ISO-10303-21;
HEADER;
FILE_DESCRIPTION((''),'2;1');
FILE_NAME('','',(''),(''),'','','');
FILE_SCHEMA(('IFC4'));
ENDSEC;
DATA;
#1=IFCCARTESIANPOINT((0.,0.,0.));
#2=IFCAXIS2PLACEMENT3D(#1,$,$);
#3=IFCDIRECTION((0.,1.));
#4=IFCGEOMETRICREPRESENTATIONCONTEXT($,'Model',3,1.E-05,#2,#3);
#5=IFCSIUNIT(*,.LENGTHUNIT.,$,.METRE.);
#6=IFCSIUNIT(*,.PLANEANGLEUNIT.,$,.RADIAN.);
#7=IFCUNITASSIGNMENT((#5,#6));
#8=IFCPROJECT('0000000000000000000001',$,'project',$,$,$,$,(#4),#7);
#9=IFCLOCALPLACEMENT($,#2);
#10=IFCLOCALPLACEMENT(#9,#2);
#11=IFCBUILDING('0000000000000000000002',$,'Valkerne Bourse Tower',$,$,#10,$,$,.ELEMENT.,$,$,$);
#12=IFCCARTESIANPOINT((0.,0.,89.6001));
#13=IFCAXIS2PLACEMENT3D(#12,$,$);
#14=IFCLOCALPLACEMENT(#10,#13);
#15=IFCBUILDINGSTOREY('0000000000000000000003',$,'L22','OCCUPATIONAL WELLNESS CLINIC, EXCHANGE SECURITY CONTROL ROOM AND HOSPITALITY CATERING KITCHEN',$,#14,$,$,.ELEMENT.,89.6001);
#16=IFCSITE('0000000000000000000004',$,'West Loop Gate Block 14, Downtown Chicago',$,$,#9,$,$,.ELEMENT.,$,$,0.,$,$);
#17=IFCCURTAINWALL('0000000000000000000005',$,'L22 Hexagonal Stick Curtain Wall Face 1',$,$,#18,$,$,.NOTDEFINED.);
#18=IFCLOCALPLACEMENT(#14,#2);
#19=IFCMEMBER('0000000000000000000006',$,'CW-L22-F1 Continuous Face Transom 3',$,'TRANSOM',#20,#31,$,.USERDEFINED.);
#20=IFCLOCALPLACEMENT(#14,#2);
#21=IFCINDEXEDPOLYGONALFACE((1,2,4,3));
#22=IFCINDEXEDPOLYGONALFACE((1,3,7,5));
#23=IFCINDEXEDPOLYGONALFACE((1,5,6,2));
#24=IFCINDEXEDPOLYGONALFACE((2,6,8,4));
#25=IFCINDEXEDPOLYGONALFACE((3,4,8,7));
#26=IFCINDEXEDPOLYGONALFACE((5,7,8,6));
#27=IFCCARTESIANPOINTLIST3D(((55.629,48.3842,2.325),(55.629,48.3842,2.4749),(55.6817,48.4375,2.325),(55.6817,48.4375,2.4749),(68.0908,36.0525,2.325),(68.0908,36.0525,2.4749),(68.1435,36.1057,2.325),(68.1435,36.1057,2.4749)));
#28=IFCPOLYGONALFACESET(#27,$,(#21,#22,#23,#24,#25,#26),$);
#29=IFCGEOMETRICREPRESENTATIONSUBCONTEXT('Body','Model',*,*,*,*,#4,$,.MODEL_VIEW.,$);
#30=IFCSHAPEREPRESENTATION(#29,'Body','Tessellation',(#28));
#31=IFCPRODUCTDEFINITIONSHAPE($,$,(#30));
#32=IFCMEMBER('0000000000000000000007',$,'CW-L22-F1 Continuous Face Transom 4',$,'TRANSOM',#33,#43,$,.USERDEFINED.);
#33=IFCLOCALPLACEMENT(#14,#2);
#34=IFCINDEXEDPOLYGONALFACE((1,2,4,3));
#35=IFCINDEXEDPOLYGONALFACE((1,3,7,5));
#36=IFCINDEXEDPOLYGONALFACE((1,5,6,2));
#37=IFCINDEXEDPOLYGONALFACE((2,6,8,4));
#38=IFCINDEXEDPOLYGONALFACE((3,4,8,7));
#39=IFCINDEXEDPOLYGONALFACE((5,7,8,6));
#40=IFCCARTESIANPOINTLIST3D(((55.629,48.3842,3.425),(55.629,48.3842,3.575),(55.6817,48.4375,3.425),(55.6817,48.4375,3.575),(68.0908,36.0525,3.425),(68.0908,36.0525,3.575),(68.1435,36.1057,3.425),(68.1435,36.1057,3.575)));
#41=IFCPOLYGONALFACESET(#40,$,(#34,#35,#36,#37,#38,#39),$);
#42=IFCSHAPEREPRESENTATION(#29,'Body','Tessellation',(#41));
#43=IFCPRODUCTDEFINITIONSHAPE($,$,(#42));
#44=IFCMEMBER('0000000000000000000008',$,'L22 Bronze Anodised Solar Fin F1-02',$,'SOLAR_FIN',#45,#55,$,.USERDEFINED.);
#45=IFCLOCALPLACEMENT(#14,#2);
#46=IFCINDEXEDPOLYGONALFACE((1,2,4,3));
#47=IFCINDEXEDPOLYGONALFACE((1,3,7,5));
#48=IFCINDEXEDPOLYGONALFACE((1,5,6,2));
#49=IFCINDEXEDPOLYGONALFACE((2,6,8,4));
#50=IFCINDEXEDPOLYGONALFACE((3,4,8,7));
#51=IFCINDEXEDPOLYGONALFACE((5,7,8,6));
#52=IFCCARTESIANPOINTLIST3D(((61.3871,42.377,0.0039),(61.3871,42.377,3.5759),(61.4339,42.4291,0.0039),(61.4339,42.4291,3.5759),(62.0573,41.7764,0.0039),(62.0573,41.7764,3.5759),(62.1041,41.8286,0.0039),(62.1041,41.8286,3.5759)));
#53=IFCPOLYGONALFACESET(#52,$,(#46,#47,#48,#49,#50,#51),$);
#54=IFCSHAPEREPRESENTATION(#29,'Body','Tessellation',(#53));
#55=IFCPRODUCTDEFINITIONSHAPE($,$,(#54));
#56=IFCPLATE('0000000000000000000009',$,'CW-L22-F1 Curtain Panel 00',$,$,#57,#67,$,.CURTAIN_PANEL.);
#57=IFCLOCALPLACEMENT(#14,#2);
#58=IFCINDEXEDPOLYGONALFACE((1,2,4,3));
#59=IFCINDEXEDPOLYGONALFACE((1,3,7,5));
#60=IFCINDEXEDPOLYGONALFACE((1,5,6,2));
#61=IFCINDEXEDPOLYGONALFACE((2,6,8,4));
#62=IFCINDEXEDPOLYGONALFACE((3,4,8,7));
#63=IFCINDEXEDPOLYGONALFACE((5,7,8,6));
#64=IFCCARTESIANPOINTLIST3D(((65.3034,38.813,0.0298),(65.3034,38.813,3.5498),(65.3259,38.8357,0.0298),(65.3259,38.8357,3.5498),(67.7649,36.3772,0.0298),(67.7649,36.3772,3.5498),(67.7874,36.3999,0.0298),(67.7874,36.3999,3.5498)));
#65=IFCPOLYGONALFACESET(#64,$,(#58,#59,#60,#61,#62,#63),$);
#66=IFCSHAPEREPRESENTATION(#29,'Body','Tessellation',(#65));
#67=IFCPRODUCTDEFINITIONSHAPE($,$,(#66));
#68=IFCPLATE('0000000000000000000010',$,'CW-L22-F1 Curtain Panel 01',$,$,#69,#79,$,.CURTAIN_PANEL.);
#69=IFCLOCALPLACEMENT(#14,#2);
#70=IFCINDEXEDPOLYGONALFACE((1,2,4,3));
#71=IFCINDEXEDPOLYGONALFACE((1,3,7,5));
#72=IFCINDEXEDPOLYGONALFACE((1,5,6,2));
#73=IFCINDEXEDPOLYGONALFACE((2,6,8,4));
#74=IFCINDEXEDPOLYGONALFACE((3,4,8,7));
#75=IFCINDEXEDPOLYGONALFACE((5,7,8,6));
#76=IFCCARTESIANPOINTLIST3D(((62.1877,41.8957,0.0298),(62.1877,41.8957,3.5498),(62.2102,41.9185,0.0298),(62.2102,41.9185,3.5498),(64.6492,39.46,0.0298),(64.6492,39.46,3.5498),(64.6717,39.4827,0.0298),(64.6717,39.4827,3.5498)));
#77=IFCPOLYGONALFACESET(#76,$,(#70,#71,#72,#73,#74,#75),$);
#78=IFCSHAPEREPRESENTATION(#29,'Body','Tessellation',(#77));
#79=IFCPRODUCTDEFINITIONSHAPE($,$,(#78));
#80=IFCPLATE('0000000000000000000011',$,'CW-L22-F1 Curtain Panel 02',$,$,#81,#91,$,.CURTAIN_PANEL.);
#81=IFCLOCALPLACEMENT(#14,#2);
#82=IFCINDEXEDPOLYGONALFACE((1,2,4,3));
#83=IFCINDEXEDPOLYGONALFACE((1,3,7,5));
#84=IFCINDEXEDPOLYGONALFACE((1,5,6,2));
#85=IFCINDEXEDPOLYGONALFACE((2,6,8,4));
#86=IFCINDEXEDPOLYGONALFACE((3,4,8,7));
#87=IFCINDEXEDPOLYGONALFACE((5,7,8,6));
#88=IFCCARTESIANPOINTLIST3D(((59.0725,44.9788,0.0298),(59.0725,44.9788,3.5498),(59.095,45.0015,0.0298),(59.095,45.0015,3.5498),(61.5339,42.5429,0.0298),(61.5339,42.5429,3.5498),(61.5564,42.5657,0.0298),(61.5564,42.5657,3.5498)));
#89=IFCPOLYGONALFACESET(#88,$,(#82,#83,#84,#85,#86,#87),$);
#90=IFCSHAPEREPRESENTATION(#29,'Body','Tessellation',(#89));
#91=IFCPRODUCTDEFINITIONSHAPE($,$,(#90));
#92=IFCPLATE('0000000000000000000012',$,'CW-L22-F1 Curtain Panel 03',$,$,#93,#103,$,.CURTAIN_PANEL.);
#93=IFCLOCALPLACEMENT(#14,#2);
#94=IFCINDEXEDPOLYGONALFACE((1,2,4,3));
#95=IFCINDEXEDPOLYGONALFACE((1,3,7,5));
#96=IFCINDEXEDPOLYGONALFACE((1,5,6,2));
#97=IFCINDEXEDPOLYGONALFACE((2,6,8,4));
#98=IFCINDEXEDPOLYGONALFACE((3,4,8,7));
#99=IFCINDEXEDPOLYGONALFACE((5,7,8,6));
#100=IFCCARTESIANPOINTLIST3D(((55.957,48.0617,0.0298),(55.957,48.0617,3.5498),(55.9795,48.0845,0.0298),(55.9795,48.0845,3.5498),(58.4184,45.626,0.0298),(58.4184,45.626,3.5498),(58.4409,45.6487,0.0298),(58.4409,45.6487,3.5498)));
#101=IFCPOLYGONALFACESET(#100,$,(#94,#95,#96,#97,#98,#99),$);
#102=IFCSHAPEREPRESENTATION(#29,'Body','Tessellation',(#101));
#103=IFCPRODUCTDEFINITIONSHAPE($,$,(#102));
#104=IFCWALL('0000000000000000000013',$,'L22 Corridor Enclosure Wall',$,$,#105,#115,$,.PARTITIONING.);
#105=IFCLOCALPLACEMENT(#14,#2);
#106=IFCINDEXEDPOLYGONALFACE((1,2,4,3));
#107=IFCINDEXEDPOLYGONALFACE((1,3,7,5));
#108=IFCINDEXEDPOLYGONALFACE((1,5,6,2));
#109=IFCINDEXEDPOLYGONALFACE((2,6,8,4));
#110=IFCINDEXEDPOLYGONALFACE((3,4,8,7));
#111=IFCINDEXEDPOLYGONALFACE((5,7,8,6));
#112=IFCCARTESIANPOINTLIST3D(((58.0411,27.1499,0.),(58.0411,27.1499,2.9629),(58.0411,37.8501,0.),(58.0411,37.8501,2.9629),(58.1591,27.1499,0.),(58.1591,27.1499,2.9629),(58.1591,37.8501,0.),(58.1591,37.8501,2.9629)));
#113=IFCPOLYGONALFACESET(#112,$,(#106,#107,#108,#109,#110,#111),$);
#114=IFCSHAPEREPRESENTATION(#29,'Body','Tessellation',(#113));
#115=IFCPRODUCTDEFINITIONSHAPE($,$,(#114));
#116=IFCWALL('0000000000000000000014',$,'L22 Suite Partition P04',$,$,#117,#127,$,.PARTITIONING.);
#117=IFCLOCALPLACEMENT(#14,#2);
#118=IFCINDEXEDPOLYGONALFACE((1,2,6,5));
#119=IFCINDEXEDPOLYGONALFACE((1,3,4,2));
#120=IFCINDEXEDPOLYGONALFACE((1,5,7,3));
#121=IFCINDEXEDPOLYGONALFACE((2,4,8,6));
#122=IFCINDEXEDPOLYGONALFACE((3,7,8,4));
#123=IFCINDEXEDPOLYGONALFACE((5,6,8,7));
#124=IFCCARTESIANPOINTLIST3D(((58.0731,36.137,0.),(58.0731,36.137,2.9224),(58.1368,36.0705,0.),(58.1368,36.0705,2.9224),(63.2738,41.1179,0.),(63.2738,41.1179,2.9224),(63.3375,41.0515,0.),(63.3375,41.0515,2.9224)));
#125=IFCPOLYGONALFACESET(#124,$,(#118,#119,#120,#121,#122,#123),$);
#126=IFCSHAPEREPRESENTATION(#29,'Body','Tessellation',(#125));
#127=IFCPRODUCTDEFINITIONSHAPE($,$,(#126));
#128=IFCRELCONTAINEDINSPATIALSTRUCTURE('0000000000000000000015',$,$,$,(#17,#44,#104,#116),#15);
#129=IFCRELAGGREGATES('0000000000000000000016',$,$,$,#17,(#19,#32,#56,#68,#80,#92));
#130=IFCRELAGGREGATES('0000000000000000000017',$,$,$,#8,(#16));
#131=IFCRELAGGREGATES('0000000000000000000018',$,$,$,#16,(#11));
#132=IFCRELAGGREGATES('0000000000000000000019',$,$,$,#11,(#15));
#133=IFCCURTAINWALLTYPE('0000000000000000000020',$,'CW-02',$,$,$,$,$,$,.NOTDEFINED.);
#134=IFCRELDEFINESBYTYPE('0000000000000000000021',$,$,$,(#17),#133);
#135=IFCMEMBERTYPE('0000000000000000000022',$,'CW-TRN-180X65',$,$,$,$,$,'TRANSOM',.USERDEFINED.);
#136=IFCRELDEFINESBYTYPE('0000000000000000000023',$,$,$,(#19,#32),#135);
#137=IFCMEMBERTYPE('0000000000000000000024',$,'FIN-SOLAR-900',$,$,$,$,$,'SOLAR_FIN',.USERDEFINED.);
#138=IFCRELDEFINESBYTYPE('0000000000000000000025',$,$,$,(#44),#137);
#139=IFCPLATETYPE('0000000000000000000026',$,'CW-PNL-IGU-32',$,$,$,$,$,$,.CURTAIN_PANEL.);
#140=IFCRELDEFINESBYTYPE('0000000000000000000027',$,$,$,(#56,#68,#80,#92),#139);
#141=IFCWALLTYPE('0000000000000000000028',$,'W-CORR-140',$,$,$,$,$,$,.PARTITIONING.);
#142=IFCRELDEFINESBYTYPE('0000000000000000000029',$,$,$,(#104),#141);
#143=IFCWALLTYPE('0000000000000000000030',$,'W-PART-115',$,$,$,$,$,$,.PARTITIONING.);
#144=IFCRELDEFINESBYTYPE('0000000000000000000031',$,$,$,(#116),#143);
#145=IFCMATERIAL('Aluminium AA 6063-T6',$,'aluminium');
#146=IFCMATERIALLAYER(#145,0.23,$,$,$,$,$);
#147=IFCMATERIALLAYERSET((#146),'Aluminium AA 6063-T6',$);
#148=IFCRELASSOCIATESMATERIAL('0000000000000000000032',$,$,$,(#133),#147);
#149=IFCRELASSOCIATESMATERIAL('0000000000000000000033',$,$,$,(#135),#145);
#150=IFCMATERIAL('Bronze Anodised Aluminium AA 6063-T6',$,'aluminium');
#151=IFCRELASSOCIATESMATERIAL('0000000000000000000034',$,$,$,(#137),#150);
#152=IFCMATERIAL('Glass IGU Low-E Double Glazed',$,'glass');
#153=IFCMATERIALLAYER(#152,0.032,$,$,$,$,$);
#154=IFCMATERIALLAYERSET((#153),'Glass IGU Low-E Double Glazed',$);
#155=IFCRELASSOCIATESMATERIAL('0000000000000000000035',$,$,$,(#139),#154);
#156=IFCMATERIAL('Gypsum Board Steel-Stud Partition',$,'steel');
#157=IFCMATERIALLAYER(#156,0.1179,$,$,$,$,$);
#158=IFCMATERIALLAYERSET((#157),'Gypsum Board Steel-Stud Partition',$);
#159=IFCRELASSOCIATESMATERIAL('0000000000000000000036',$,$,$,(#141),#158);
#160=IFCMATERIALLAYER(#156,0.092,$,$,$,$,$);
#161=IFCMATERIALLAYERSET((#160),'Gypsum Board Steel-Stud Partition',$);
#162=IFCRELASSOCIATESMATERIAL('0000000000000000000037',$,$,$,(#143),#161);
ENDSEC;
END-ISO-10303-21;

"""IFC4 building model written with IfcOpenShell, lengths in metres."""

from ifc_helpers import new_model, si_unit, direction, frame, frame_2d, origin, origin_2d, place, context, subcontext, project, spatial, rectangle, extrude, material, layer, layer_set, material_profile, profile_set, type_object, element, aggregate, save


model = new_model("IFC4")

# Units and contexts
model_context = context("Model", 3, precision=1e-05, world=origin(), true_north=direction((0.0, 1.0)))
body_context = subcontext(model_context, "Body", "Model", "MODEL_VIEW")
ifc_project = project(units=[si_unit("LENGTHUNIT", "METRE"), si_unit("PLANEANGLEUNIT", "RADIAN")], contexts=[model_context])

# Site, building, storey
site_placement = place(None, origin())
site = spatial("IfcSite", under=ifc_project, at=site_placement, Name="West Loop Gate Block 14, Downtown Chicago", CompositionType="ELEMENT", RefElevation=0.0)
building_placement = place(site_placement, origin())
building = spatial("IfcBuilding", under=site, at=building_placement, Name="Valkerne Bourse Tower", CompositionType="ELEMENT")
storey_placement = place(building_placement, frame((0.0, 0.0, 89.6001)))
storey = spatial("IfcBuildingStorey", under=building, at=storey_placement, Name="L22", Description="OCCUPATIONAL WELLNESS CLINIC, EXCHANGE SECURITY CONTROL ROOM AND HOSPITALITY CATERING KITCHEN", CompositionType="ELEMENT", Elevation=89.6001)

# Curtain wall, members
ifc_material_1 = material(Name="Aluminium AA 6063-T6", Category="aluminium")
ifc_layer_1 = layer(ifc_material_1, 0.23)
ifc_layer_set_1 = layer_set([ifc_layer_1], Name="Aluminium AA 6063-T6")
curtain_wall_type = type_object("IfcCurtainWallType", Name="CW-02", PredefinedType="NOTDEFINED", material=ifc_layer_set_1)
curtain_wall_placement = place(storey_placement, origin())
curtain_wall = element("IfcCurtainWall", 1, at=curtain_wall_placement, inside=storey, type_object=curtain_wall_type, Name="L22 Hexagonal Stick Curtain Wall Face 1", PredefinedType="NOTDEFINED")
ifc_material_profile_1 = material_profile(ifc_material_1, rectangle(XDim=0.075, YDim=0.1499, at=origin_2d()), Name="CWT-75X150")
ifc_profile_set_1 = profile_set([ifc_material_profile_1], Name="Aluminium AA 6063-T6")
member_type_1 = type_object("IfcMemberType", Name="CW-TRN-180X65", ElementType="TRANSOM", PredefinedType="USERDEFINED", material=ifc_profile_set_1)
member_1_placement = place(storey_placement, frame((68.1172, 36.0791, 2.3999), z_axis=(-0.710808, 0.703386, 0.0), x_axis=(-0.703386, -0.710808, 0.0)))
member_1 = element("IfcMember", 2, at=member_1_placement, type_object=member_type_1, Name="CW-L22-F1 Continuous Face Transom 3", ObjectType="TRANSOM", PredefinedType="USERDEFINED", context=body_context, shape_type="SweptSolid", body=[
    extrude(rectangle(XDim=0.075, YDim=0.1499, at=origin_2d()), origin(), (0.0, 0.0, 1.0), 17.532),
])
member_2_placement = place(storey_placement, frame((68.1172, 36.0791, 3.5), z_axis=(-0.710808, 0.703386, 0.0), x_axis=(-0.703386, -0.710808, 0.0)))
member_2 = element("IfcMember", 3, at=member_2_placement, type_object=member_type_1, Name="CW-L22-F1 Continuous Face Transom 4", ObjectType="TRANSOM", PredefinedType="USERDEFINED", context=body_context, shape_type="SweptSolid", body=[
    extrude(rectangle(XDim=0.075, YDim=0.1499, at=origin_2d()), origin(), (0.0, 0.0, 1.0), 17.532),
])

# Member
ifc_material_2 = material(Name="Bronze Anodised Aluminium AA 6063-T6", Category="aluminium")
ifc_material_profile_2 = material_profile(ifc_material_2, rectangle(XDim=0.0701, YDim=0.8999, at=origin_2d()), Name="FIN-70X900")
ifc_profile_set_2 = profile_set([ifc_material_profile_2], Name="Bronze Anodised Aluminium AA 6063-T6")
member_type_2 = type_object("IfcMemberType", Name="FIN-SOLAR-900", ElementType="SOLAR_FIN", PredefinedType="USERDEFINED", material=ifc_profile_set_2)
member_3_placement = place(storey_placement, frame((61.7456, 42.1028, 0.0039), z_axis=(0.0, 0.0, 1.0), x_axis=(0.667331, 0.744762, 0.0)))
element("IfcMember", 4, at=member_3_placement, inside=storey, type_object=member_type_2, Name="L22 Bronze Anodised Solar Fin F1-02", ObjectType="SOLAR_FIN", PredefinedType="USERDEFINED", context=body_context, shape_type="SweptSolid", body=[
    extrude(rectangle(XDim=0.0701, YDim=0.8999, at=origin_2d()), origin(), (0.0, 0.0, 1.0), 3.572),
])

# Plates
ifc_material_3 = material(Name="Glass IGU Low-E Double Glazed", Category="glass")
ifc_layer_2 = layer(ifc_material_3, 0.032)
ifc_layer_set_2 = layer_set([ifc_layer_2], Name="Glass IGU Low-E Double Glazed")
plate_type = type_object("IfcPlateType", Name="CW-PNL-IGU-32", PredefinedType="CURTAIN_PANEL", material=ifc_layer_set_2)
plate_1_placement = place(storey_placement, frame((66.5454, 37.6064, 0.0298), z_axis=(0.0, 0.0, 1.0), x_axis=(-0.710805, 0.70339, 0.0)))
plate_1 = element("IfcPlate", 5, at=plate_1_placement, type_object=plate_type, Name="CW-L22-F1 Curtain Panel 00", PredefinedType="CURTAIN_PANEL", context=body_context, shape_type="SweptSolid", body=[
    extrude(rectangle(XDim=3.4629, YDim=0.032, at=origin_2d()), origin(), (0.0, 0.0, 1.0), 3.52),
])
plate_2_placement = place(storey_placement, frame((63.4297, 40.6892, 0.0298), z_axis=(0.0, 0.0, 1.0), x_axis=(-0.710805, 0.703389, 0.0)))
plate_2 = element("IfcPlate", 6, at=plate_2_placement, type_object=plate_type, Name="CW-L22-F1 Curtain Panel 01", PredefinedType="CURTAIN_PANEL", context=body_context, shape_type="SweptSolid", body=[
    extrude(rectangle(XDim=3.4629, YDim=0.032, at=origin_2d()), origin(), (0.0, 0.0, 1.0), 3.52),
])
plate_3_placement = place(storey_placement, frame((60.3145, 43.7722, 0.0298), z_axis=(0.0, 0.0, 1.0), x_axis=(-0.710793, 0.703401, 0.0)))
plate_3 = element("IfcPlate", 7, at=plate_3_placement, type_object=plate_type, Name="CW-L22-F1 Curtain Panel 02", PredefinedType="CURTAIN_PANEL", context=body_context, shape_type="SweptSolid", body=[
    extrude(rectangle(XDim=3.4629, YDim=0.032, at=origin_2d()), origin(), (0.0, 0.0, 1.0), 3.52),
])
plate_4_placement = place(storey_placement, frame((57.199, 46.8552, 0.0298), z_axis=(0.0, 0.0, 1.0), x_axis=(-0.710805, 0.70339, 0.0)))
plate_4 = element("IfcPlate", 8, at=plate_4_placement, type_object=plate_type, Name="CW-L22-F1 Curtain Panel 03", PredefinedType="CURTAIN_PANEL", context=body_context, shape_type="SweptSolid", body=[
    extrude(rectangle(XDim=3.4629, YDim=0.032, at=origin_2d()), origin(), (0.0, 0.0, 1.0), 3.52),
])
aggregate(curtain_wall, [member_1, member_2, plate_1, plate_2, plate_3, plate_4])

# Walls
ifc_material_4 = material(Name="Gypsum Board Steel-Stud Partition", Category="steel")
ifc_layer_3 = layer(ifc_material_4, 0.1179)
ifc_layer_set_3 = layer_set([ifc_layer_3], Name="Gypsum Board Steel-Stud Partition")
wall_type_1 = type_object("IfcWallType", Name="W-CORR-140", PredefinedType="PARTITIONING", material=ifc_layer_set_3)
wall_1_placement = place(storey_placement, frame((58.1001, 37.8501, 0.0), z_axis=(0.0, 0.0, 1.0), x_axis=(0.0, -1.0, 0.0)))
element("IfcWall", 9, at=wall_1_placement, inside=storey, type_object=wall_type_1, Name="L22 Corridor Enclosure Wall", PredefinedType="PARTITIONING", context=body_context, shape_type="SweptSolid", body=[
    extrude(rectangle(XDim=10.7002, YDim=0.1179, at=frame_2d((5.3501, 0.0))), origin(), (0.0, 0.0, 1.0), 2.9629),
])
ifc_layer_4 = layer(ifc_material_4, 0.092)
ifc_layer_set_4 = layer_set([ifc_layer_4], Name="Gypsum Board Steel-Stud Partition")
wall_type_2 = type_object("IfcWallType", Name="W-PART-115", PredefinedType="PARTITIONING", material=ifc_layer_set_4)
wall_2_placement = place(storey_placement, frame((58.105, 36.1038, 0.0), z_axis=(0.0, 0.0, 1.0), x_axis=(0.722198, 0.691686, 0.0)))
element("IfcWall", 10, at=wall_2_placement, inside=storey, type_object=wall_type_2, Name="L22 Suite Partition P04", PredefinedType="PARTITIONING", context=body_context, shape_type="SweptSolid", body=[
    extrude(rectangle(XDim=7.2012, YDim=0.092, at=frame_2d((3.6006, 0.0))), origin(), (0.0, 0.0, 1.0), 2.9224),
])

save(model, "model.ifc")
